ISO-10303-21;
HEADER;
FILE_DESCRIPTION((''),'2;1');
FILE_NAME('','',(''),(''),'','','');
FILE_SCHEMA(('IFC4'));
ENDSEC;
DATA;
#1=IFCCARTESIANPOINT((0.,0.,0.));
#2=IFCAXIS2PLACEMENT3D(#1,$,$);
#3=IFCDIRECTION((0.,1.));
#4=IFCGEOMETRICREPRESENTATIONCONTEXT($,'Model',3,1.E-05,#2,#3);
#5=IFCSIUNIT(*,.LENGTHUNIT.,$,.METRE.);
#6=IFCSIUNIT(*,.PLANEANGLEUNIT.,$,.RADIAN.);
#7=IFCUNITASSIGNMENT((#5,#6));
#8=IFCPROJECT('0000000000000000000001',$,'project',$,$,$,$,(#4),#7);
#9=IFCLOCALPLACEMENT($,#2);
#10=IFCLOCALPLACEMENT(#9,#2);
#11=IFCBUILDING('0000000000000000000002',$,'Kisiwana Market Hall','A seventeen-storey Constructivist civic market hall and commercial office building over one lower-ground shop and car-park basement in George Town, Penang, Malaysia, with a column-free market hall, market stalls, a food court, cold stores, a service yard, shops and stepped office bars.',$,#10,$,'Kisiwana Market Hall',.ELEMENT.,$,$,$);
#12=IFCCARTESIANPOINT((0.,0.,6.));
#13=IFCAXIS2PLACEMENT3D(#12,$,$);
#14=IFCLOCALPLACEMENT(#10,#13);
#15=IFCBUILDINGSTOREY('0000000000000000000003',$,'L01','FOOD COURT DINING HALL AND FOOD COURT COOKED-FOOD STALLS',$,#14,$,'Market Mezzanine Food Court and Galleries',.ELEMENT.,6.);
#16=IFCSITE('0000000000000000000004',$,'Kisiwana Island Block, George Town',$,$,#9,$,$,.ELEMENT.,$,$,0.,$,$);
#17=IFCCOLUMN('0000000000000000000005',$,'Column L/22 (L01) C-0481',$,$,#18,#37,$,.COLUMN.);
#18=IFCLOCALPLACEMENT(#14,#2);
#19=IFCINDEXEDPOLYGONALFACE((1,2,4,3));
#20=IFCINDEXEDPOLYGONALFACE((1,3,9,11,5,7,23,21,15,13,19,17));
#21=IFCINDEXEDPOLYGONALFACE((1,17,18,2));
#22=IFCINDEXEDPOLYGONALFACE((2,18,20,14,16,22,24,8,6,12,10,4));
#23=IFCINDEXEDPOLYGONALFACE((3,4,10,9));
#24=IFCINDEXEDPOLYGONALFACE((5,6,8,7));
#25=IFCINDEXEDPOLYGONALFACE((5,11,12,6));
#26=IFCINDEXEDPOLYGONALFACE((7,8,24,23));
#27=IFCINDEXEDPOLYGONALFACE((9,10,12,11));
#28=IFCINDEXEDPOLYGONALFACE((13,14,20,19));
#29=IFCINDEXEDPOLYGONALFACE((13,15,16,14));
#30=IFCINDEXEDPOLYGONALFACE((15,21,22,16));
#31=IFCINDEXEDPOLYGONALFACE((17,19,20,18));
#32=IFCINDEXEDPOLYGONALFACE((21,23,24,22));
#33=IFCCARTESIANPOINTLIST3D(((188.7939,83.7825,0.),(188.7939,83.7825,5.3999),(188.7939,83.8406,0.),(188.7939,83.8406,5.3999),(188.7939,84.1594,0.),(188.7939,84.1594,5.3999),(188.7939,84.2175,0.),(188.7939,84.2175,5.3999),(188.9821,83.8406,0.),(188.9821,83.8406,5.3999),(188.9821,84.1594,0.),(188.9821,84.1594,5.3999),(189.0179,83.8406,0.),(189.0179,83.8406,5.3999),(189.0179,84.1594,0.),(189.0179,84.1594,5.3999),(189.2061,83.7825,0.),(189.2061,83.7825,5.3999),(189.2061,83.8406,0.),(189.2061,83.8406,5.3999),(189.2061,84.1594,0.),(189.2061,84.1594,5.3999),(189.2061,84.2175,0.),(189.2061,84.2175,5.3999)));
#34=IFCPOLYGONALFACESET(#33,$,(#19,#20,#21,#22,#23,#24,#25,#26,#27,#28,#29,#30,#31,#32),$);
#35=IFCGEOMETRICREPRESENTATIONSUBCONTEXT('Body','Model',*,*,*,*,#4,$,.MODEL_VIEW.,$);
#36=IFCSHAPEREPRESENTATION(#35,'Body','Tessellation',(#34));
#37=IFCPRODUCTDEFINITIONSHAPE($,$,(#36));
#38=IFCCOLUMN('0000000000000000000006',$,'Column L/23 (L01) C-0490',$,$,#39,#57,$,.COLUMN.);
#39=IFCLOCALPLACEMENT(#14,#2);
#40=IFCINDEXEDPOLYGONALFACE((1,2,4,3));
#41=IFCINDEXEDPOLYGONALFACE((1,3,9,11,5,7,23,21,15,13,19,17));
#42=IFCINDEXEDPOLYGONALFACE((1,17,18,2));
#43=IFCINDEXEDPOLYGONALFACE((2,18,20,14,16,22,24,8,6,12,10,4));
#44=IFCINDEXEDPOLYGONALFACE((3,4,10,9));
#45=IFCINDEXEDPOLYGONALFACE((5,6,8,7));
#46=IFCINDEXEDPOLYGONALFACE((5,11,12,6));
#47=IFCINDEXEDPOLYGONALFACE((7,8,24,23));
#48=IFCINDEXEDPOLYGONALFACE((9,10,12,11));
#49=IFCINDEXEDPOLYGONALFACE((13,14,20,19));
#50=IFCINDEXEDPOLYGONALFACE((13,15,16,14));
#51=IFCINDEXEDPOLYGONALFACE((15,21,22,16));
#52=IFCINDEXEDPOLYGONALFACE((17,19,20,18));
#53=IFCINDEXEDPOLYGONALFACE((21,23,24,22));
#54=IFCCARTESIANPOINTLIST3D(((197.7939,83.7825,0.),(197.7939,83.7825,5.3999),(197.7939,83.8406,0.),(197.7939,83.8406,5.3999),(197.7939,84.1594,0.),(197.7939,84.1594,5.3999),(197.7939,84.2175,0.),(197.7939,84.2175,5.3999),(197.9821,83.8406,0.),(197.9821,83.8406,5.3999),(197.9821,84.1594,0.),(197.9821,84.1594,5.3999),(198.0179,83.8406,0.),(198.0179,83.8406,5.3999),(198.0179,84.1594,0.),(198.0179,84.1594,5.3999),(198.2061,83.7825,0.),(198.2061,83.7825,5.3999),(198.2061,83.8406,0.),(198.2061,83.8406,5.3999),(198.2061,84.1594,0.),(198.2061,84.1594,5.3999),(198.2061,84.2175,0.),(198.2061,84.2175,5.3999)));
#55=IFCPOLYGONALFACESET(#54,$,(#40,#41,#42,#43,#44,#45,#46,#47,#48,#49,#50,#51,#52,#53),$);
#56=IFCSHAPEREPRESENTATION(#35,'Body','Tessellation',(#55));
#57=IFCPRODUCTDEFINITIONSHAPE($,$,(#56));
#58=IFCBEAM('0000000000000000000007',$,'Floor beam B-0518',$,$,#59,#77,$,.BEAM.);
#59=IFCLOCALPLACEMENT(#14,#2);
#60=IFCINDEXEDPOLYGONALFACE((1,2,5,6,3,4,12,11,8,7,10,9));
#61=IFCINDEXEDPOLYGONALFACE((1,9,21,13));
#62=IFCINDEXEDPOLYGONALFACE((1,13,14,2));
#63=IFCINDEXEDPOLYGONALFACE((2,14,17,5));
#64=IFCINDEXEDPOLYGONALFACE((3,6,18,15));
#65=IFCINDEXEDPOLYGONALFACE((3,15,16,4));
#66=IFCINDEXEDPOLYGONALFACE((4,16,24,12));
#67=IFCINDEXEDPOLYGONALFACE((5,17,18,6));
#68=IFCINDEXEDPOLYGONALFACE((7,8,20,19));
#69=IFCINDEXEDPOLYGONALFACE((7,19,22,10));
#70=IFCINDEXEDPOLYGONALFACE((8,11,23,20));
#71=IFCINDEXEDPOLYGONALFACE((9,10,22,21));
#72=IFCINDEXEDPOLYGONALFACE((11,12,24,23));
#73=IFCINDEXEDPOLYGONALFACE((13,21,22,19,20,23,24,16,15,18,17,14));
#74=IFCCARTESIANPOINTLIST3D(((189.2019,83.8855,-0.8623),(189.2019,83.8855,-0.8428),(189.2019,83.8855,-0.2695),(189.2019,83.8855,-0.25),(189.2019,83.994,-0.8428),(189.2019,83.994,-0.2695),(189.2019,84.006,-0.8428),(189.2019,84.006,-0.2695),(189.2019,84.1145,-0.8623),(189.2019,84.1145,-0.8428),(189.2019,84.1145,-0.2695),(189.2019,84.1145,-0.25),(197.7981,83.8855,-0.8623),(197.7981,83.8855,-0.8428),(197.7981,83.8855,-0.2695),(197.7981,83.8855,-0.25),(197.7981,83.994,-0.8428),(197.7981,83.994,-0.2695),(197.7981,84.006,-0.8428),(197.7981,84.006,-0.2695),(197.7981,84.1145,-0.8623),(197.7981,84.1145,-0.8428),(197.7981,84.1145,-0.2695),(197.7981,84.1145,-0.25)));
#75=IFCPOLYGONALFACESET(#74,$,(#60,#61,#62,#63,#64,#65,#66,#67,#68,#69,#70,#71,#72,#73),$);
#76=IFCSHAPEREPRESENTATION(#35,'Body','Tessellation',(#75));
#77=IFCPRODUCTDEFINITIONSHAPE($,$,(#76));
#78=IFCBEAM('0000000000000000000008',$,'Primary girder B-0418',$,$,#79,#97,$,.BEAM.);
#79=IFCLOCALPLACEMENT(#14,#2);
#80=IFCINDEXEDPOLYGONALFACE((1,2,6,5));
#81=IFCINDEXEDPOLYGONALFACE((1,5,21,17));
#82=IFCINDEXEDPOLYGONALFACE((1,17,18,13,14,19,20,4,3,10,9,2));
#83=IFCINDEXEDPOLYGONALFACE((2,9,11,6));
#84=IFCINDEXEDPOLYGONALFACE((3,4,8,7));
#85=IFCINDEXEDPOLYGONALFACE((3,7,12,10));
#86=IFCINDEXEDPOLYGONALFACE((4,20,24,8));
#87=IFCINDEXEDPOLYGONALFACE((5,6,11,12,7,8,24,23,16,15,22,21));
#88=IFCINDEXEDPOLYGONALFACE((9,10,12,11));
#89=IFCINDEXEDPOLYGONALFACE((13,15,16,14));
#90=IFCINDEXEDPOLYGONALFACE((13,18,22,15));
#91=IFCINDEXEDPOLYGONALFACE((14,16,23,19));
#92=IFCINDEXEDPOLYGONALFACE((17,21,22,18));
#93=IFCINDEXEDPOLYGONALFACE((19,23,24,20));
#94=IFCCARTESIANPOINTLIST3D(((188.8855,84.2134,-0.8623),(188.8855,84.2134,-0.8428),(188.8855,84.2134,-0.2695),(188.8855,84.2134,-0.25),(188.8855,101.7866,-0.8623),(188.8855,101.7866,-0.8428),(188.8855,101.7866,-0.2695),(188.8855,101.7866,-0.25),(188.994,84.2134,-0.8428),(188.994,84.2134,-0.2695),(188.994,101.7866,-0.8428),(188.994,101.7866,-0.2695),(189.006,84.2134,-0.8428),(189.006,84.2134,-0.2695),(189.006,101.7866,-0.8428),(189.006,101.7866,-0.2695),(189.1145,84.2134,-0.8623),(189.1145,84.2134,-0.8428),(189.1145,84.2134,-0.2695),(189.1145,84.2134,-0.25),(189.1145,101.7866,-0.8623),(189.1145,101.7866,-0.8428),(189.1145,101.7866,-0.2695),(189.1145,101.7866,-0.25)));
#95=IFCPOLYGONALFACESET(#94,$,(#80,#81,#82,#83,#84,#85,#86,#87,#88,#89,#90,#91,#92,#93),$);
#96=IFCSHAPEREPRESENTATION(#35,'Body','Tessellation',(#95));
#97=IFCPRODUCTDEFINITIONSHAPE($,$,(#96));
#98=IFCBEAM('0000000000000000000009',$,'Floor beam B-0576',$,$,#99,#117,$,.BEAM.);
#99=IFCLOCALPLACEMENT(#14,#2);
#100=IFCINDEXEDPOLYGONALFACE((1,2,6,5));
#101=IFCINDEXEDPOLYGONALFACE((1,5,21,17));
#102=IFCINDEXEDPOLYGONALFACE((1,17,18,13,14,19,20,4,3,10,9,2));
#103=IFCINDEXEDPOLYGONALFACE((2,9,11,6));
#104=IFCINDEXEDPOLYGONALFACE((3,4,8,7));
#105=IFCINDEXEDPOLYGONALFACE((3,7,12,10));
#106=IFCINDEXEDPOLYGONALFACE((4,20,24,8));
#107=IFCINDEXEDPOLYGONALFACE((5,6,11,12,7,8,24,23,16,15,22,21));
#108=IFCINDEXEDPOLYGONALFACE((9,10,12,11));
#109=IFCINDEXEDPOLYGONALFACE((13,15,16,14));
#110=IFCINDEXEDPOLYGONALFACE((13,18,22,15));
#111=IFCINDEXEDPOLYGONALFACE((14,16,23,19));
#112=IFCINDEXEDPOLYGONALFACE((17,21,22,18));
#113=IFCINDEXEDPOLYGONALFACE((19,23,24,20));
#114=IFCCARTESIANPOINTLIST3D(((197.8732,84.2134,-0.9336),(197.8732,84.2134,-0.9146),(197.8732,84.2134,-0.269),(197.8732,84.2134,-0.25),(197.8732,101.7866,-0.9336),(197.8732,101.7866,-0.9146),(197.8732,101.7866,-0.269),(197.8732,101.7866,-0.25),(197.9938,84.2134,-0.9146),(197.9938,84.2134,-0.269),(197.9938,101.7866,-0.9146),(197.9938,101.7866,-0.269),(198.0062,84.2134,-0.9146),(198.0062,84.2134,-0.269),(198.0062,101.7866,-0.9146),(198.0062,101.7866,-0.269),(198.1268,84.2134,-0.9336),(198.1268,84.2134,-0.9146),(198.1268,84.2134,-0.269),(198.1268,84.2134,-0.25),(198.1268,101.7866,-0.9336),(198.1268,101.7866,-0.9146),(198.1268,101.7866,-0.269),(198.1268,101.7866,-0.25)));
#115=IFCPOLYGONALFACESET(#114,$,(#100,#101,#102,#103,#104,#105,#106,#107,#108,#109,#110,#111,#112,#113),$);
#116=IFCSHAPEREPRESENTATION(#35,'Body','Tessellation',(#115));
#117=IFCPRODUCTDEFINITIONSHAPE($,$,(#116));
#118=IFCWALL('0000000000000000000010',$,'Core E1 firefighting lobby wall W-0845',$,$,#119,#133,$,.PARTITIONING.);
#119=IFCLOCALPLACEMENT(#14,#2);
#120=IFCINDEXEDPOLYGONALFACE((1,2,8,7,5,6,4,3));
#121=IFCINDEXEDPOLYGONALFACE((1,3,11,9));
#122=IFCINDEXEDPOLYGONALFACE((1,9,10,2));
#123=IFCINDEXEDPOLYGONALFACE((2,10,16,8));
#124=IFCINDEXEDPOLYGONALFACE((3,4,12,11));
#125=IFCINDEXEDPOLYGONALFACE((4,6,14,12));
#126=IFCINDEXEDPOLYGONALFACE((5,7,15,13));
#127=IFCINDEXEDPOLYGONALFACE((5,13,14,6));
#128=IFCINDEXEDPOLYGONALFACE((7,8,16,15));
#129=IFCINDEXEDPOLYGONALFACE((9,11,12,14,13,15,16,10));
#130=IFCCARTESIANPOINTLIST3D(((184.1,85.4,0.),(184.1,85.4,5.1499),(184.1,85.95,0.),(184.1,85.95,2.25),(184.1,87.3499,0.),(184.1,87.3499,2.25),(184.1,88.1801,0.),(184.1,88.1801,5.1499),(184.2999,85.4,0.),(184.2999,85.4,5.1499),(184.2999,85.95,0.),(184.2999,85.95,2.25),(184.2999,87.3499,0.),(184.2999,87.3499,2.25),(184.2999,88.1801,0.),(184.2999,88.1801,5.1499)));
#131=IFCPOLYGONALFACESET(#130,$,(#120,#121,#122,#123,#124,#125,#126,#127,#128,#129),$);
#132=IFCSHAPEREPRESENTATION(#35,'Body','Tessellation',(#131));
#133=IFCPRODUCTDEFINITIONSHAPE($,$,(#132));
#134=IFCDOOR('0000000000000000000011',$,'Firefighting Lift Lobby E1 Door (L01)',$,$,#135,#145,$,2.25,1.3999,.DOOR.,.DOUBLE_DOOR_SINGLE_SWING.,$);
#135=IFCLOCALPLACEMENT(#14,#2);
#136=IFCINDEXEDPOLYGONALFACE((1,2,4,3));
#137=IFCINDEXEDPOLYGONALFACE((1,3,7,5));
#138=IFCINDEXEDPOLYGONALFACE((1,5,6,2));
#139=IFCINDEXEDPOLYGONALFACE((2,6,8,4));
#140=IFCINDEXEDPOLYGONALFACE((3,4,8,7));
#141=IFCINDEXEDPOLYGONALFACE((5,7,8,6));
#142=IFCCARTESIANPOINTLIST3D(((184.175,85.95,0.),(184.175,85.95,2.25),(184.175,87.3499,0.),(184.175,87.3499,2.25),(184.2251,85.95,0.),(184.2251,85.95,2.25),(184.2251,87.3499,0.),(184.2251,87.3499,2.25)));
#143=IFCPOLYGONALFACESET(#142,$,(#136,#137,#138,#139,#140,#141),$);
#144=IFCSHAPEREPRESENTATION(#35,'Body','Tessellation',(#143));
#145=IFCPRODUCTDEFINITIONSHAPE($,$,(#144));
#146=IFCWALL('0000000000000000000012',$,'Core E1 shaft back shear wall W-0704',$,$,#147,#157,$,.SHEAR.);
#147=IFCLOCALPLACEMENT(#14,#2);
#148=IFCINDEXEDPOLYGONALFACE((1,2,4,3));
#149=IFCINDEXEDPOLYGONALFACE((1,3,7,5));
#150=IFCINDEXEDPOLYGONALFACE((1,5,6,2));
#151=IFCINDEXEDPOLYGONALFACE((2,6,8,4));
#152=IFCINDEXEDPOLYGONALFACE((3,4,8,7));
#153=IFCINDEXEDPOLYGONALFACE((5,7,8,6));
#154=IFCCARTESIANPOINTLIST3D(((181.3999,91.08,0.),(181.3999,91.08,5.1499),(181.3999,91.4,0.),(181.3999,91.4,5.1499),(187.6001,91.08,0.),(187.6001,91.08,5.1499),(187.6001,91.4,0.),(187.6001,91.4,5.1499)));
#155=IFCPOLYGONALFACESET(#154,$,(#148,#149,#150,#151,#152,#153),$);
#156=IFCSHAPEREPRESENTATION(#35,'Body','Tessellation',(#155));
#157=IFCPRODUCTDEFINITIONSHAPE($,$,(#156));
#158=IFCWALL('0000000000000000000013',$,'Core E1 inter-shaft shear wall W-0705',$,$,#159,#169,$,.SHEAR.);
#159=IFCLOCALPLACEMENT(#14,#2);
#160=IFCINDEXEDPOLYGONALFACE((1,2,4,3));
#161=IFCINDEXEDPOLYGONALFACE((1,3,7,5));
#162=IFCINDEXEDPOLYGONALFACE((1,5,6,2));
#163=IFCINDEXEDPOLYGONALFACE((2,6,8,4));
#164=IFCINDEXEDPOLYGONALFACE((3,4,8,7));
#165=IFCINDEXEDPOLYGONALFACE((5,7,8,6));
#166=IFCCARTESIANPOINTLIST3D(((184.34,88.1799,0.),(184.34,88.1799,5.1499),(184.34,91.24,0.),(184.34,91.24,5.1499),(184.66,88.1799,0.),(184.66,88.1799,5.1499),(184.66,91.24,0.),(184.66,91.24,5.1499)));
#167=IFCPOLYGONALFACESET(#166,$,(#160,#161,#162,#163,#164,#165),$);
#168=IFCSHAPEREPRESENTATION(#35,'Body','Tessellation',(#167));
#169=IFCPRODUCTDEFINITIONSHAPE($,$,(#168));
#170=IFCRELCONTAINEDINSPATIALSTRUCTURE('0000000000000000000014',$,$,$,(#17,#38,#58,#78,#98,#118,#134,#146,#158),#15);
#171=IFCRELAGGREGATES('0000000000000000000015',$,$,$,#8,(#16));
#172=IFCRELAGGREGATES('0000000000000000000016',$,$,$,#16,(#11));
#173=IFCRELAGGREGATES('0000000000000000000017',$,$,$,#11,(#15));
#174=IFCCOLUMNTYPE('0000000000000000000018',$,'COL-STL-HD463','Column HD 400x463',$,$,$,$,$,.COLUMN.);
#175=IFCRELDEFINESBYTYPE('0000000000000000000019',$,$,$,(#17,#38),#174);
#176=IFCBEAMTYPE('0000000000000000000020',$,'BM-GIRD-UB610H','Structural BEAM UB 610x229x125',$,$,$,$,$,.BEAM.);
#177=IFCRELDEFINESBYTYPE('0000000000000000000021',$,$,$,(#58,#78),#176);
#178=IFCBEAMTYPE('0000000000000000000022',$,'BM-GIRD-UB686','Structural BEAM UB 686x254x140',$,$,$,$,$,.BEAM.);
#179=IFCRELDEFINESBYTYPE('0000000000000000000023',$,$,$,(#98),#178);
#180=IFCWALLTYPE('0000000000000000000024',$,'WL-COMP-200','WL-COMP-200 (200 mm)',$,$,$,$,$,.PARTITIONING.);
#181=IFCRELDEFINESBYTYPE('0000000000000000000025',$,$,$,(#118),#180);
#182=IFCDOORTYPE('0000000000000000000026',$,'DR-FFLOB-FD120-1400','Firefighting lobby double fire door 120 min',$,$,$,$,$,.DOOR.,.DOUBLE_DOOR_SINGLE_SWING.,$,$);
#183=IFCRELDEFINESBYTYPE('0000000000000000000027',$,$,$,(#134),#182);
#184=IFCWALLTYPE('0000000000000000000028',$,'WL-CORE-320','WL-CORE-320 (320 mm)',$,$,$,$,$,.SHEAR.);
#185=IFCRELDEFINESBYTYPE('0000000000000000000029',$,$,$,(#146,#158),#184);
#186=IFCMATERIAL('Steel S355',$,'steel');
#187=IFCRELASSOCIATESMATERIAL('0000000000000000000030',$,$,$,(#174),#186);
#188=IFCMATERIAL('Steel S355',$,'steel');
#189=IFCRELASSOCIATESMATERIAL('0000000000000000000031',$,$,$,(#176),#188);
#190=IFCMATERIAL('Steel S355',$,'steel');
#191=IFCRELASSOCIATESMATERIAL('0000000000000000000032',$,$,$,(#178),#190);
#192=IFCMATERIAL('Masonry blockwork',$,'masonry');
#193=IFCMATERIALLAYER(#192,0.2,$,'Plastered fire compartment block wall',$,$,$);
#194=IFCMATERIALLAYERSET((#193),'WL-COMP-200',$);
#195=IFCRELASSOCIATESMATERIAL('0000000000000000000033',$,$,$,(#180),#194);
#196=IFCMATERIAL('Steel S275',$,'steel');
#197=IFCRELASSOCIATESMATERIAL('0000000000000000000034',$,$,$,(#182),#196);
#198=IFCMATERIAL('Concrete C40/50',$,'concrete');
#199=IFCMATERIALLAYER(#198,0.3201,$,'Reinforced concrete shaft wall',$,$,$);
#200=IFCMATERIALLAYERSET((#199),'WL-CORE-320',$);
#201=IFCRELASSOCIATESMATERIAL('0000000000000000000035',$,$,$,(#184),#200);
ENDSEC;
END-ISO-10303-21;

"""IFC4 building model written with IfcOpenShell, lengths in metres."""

from ifc_helpers import new_model, si_unit, direction, frame, frame_2d, origin, origin_2d, place, context, subcontext, project, spatial, rectangle, i_section, extrude, material, layer, layer_set, material_profile, profile_set, type_object, element, fill, save


model = new_model("IFC4")

# Units and contexts
model_context = context("Model", 3, precision=1e-05, world=origin(), true_north=direction((0.0, 1.0)))
body_context = subcontext(model_context, "Body", "Model", "MODEL_VIEW")
ifc_project = project(units=[si_unit("LENGTHUNIT", "METRE"), si_unit("PLANEANGLEUNIT", "RADIAN")], contexts=[model_context])

# Site, building, storey
site_placement = place(None, origin())
site = spatial("IfcSite", under=ifc_project, at=site_placement, Name="Kisiwana Island Block, George Town", CompositionType="ELEMENT", RefElevation=0.0)
building_placement = place(site_placement, origin())
building = spatial("IfcBuilding", under=site, at=building_placement, Name="Kisiwana Market Hall", Description="A seventeen-storey Constructivist civic market hall and commercial office building over one lower-ground shop and car-park basement in George Town, Penang, Malaysia, with a column-free market hall, market stalls, a food court, cold stores, a service yard, shops and stepped office bars.", LongName="Kisiwana Market Hall", CompositionType="ELEMENT")
storey_placement = place(building_placement, frame((0.0, 0.0, 6.0)))
storey = spatial("IfcBuildingStorey", under=building, at=storey_placement, Name="L01", Description="FOOD COURT DINING HALL AND FOOD COURT COOKED-FOOD STALLS", LongName="Market Mezzanine Food Court and Galleries", CompositionType="ELEMENT", Elevation=6.0)

# Columns
ifc_material_1 = material(Name="Steel S355", Category="steel")
ifc_material_profile_1 = material_profile(ifc_material_1, i_section(OverallWidth=0.4121, OverallDepth=0.4351, WebThickness=0.0359, FlangeThickness=0.0581, at=origin_2d()), Name="HD 400x463")
ifc_profile_set_1 = profile_set([ifc_material_profile_1], Name="Steel S355")
column_type = type_object("IfcColumnType", Name="COL-STL-HD463", Description="Column HD 400x463", PredefinedType="COLUMN", material=ifc_profile_set_1)
for number, where, z_axis, x_axis, name in (
    (1, (189.0, 84.0, 0.0), (0.0, 0.0, 1.0), (1.0, 0.0, 0.0), "Column L/22 (L01) C-0481"),
    (2, (198.0, 84.0, 0.0), (0.0, 0.0, 1.0), (1.0, 0.0, 0.0), "Column L/23 (L01) C-0490"),
):
    element("IfcColumn", number, at=place(storey_placement, frame(where, z_axis=z_axis, x_axis=x_axis)), inside=storey, type_object=column_type, Name=name, PredefinedType="COLUMN", context=body_context, shape_type="SweptSolid", body=[
        extrude(i_section(OverallWidth=0.4121, OverallDepth=0.4351, WebThickness=0.0359, FlangeThickness=0.0581, at=origin_2d()), origin(), (0.0, 0.0, 1.0), 5.3999),
    ])

# Beams
ifc_material_2 = material(Name="Steel S355", Category="steel")
ifc_material_profile_2 = material_profile(ifc_material_2, i_section(OverallWidth=0.229, OverallDepth=0.6123, WebThickness=0.012, FlangeThickness=0.0195, at=origin_2d()), Name="UB 610x229x125")
ifc_profile_set_2 = profile_set([ifc_material_profile_2], Name="Steel S355")
beam_type_1 = type_object("IfcBeamType", Name="BM-GIRD-UB610H", Description="Structural BEAM UB 610x229x125", PredefinedType="BEAM", material=ifc_profile_set_2)
beam_1_placement = place(storey_placement, frame((189.2019, 84.0, -0.5562), z_axis=(1.0, 0.0, 0.0), x_axis=(0.0, 1.0, 0.0)))
element("IfcBeam", 3, at=beam_1_placement, inside=storey, type_object=beam_type_1, Name="Floor beam B-0518", PredefinedType="BEAM", context=body_context, shape_type="SweptSolid", body=[
    extrude(i_section(OverallWidth=0.229, OverallDepth=0.6123, WebThickness=0.012, FlangeThickness=0.0195, at=origin_2d()), origin(), (0.0, 0.0, 1.0), 8.5962),
])
beam_2_placement = place(storey_placement, frame((189.0, 84.2134, -0.5562), z_axis=(0.0, 1.0, 0.0), x_axis=(-1.0, 0.0, 0.0)))
element("IfcBeam", 4, at=beam_2_placement, inside=storey, type_object=beam_type_1, Name="Primary girder B-0418", PredefinedType="BEAM", context=body_context, shape_type="SweptSolid", body=[
    extrude(i_section(OverallWidth=0.229, OverallDepth=0.6123, WebThickness=0.012, FlangeThickness=0.0195, at=origin_2d()), origin(), (0.0, 0.0, 1.0), 17.5732),
])
ifc_material_3 = material(Name="Steel S355", Category="steel")
ifc_material_profile_3 = material_profile(ifc_material_3, i_section(OverallWidth=0.2537, OverallDepth=0.6836, WebThickness=0.0125, FlangeThickness=0.019, at=origin_2d()), Name="UB 686x254x140")
ifc_profile_set_3 = profile_set([ifc_material_profile_3], Name="Steel S355")
beam_type_2 = type_object("IfcBeamType", Name="BM-GIRD-UB686", Description="Structural BEAM UB 686x254x140", PredefinedType="BEAM", material=ifc_profile_set_3)
beam_3_placement = place(storey_placement, frame((198.0, 84.2134, -0.5918), z_axis=(0.0, 1.0, 0.0), x_axis=(-1.0, 0.0, 0.0)))
element("IfcBeam", 5, at=beam_3_placement, inside=storey, type_object=beam_type_2, Name="Floor beam B-0576", PredefinedType="BEAM", context=body_context, shape_type="SweptSolid", body=[
    extrude(i_section(OverallWidth=0.2537, OverallDepth=0.6836, WebThickness=0.0125, FlangeThickness=0.019, at=origin_2d()), origin(), (0.0, 0.0, 1.0), 17.5732),
])

# Wall, opening, door
ifc_material_4 = material(Name="Masonry blockwork", Category="masonry")
ifc_layer_1 = layer(ifc_material_4, 0.2, Name="Plastered fire compartment block wall")
ifc_layer_set_1 = layer_set([ifc_layer_1], Name="WL-COMP-200")
wall_type_1 = type_object("IfcWallType", Name="WL-COMP-200", Description="WL-COMP-200 (200 mm)", PredefinedType="PARTITIONING", material=ifc_layer_set_1)
wall_1_placement = place(storey_placement, frame((184.2, 85.3999, 0.0), z_axis=(0.0, 0.0, 1.0), x_axis=(0.0, 1.0, 0.0)))
wall_1 = element("IfcWall", 6, at=wall_1_placement, inside=storey, type_object=wall_type_1, Name="Core E1 firefighting lobby wall W-0845", PredefinedType="PARTITIONING", context=body_context, shape_type="SweptSolid", body=[
    extrude(rectangle(XDim=2.78, YDim=0.2, at=frame_2d((1.3901, 0.0))), origin(), (0.0, 0.0, 1.0), 5.1499),
])
opening_1_placement = place(wall_1_placement, frame((0.55, 0.0, 0.0)))
opening_1 = element("IfcOpeningElement", 7, at=opening_1_placement, cuts=wall_1, PredefinedType="OPENING", context=body_context, shape_type="SweptSolid", body=[
    extrude(rectangle(XDim=1.3999, YDim=2.25, at=frame_2d((0.7, 1.125))), frame((0.0, 0.1118, 0.0), z_axis=(0.0, -1.0, 0.0), x_axis=(1.0, 0.0, 0.0)), (0.0, 0.0, 1.0), 0.2239),
])
ifc_material_5 = material(Name="Steel S275", Category="steel")
door_type_1 = type_object("IfcDoorType", Name="DR-FFLOB-FD120-1400", Description="Firefighting lobby double fire door 120 min", OperationType="DOUBLE_DOOR_SINGLE_SWING", PredefinedType="DOOR", material=ifc_material_5)
door_1_placement = place(opening_1_placement, origin())
door_1 = element("IfcDoor", 8, at=door_1_placement, inside=storey, type_object=door_type_1, Name="Firefighting Lift Lobby E1 Door (L01)", OperationType="DOUBLE_DOOR_SINGLE_SWING", OverallHeight=2.25, OverallWidth=1.3999, PredefinedType="DOOR", context=body_context, shape_type="SweptSolid", body=[
    extrude(rectangle(XDim=1.3999, YDim=2.25, at=frame_2d((0.7, 1.125))), frame((0.0, 0.0249, 0.0), z_axis=(0.0, -1.0, 0.0), x_axis=(1.0, 0.0, 0.0)), (0.0, 0.0, 1.0), 0.05),
])
fill(opening_1, door_1)

# Walls
ifc_material_6 = material(Name="Concrete C40/50", Category="concrete")
ifc_layer_2 = layer(ifc_material_6, 0.3201, Name="Reinforced concrete shaft wall")
ifc_layer_set_2 = layer_set([ifc_layer_2], Name="WL-CORE-320")
wall_type_2 = type_object("IfcWallType", Name="WL-CORE-320", Description="WL-CORE-320 (320 mm)", PredefinedType="SHEAR", material=ifc_layer_set_2)
wall_2_placement = place(storey_placement, frame((181.3999, 91.24, 0.0), z_axis=(0.0, 0.0, 1.0), x_axis=(1.0, 0.0, 0.0)))
element("IfcWall", 9, at=wall_2_placement, inside=storey, type_object=wall_type_2, Name="Core E1 shaft back shear wall W-0704", PredefinedType="SHEAR", context=body_context, shape_type="SweptSolid", body=[
    extrude(rectangle(XDim=6.2002, YDim=0.3201, at=frame_2d((3.1001, 0.0))), origin(), (0.0, 0.0, 1.0), 5.1499),
])
wall_3_placement = place(storey_placement, frame((184.5, 88.1799, 0.0), z_axis=(0.0, 0.0, 1.0), x_axis=(0.0, 1.0, 0.0)))
element("IfcWall", 10, at=wall_3_placement, inside=storey, type_object=wall_type_2, Name="Core E1 inter-shaft shear wall W-0705", PredefinedType="SHEAR", context=body_context, shape_type="SweptSolid", body=[
    extrude(rectangle(XDim=3.0601, YDim=0.3201, at=frame_2d((1.53, 0.0))), origin(), (0.0, 0.0, 1.0), 5.1499),
])

save(model, "model.ifc")
